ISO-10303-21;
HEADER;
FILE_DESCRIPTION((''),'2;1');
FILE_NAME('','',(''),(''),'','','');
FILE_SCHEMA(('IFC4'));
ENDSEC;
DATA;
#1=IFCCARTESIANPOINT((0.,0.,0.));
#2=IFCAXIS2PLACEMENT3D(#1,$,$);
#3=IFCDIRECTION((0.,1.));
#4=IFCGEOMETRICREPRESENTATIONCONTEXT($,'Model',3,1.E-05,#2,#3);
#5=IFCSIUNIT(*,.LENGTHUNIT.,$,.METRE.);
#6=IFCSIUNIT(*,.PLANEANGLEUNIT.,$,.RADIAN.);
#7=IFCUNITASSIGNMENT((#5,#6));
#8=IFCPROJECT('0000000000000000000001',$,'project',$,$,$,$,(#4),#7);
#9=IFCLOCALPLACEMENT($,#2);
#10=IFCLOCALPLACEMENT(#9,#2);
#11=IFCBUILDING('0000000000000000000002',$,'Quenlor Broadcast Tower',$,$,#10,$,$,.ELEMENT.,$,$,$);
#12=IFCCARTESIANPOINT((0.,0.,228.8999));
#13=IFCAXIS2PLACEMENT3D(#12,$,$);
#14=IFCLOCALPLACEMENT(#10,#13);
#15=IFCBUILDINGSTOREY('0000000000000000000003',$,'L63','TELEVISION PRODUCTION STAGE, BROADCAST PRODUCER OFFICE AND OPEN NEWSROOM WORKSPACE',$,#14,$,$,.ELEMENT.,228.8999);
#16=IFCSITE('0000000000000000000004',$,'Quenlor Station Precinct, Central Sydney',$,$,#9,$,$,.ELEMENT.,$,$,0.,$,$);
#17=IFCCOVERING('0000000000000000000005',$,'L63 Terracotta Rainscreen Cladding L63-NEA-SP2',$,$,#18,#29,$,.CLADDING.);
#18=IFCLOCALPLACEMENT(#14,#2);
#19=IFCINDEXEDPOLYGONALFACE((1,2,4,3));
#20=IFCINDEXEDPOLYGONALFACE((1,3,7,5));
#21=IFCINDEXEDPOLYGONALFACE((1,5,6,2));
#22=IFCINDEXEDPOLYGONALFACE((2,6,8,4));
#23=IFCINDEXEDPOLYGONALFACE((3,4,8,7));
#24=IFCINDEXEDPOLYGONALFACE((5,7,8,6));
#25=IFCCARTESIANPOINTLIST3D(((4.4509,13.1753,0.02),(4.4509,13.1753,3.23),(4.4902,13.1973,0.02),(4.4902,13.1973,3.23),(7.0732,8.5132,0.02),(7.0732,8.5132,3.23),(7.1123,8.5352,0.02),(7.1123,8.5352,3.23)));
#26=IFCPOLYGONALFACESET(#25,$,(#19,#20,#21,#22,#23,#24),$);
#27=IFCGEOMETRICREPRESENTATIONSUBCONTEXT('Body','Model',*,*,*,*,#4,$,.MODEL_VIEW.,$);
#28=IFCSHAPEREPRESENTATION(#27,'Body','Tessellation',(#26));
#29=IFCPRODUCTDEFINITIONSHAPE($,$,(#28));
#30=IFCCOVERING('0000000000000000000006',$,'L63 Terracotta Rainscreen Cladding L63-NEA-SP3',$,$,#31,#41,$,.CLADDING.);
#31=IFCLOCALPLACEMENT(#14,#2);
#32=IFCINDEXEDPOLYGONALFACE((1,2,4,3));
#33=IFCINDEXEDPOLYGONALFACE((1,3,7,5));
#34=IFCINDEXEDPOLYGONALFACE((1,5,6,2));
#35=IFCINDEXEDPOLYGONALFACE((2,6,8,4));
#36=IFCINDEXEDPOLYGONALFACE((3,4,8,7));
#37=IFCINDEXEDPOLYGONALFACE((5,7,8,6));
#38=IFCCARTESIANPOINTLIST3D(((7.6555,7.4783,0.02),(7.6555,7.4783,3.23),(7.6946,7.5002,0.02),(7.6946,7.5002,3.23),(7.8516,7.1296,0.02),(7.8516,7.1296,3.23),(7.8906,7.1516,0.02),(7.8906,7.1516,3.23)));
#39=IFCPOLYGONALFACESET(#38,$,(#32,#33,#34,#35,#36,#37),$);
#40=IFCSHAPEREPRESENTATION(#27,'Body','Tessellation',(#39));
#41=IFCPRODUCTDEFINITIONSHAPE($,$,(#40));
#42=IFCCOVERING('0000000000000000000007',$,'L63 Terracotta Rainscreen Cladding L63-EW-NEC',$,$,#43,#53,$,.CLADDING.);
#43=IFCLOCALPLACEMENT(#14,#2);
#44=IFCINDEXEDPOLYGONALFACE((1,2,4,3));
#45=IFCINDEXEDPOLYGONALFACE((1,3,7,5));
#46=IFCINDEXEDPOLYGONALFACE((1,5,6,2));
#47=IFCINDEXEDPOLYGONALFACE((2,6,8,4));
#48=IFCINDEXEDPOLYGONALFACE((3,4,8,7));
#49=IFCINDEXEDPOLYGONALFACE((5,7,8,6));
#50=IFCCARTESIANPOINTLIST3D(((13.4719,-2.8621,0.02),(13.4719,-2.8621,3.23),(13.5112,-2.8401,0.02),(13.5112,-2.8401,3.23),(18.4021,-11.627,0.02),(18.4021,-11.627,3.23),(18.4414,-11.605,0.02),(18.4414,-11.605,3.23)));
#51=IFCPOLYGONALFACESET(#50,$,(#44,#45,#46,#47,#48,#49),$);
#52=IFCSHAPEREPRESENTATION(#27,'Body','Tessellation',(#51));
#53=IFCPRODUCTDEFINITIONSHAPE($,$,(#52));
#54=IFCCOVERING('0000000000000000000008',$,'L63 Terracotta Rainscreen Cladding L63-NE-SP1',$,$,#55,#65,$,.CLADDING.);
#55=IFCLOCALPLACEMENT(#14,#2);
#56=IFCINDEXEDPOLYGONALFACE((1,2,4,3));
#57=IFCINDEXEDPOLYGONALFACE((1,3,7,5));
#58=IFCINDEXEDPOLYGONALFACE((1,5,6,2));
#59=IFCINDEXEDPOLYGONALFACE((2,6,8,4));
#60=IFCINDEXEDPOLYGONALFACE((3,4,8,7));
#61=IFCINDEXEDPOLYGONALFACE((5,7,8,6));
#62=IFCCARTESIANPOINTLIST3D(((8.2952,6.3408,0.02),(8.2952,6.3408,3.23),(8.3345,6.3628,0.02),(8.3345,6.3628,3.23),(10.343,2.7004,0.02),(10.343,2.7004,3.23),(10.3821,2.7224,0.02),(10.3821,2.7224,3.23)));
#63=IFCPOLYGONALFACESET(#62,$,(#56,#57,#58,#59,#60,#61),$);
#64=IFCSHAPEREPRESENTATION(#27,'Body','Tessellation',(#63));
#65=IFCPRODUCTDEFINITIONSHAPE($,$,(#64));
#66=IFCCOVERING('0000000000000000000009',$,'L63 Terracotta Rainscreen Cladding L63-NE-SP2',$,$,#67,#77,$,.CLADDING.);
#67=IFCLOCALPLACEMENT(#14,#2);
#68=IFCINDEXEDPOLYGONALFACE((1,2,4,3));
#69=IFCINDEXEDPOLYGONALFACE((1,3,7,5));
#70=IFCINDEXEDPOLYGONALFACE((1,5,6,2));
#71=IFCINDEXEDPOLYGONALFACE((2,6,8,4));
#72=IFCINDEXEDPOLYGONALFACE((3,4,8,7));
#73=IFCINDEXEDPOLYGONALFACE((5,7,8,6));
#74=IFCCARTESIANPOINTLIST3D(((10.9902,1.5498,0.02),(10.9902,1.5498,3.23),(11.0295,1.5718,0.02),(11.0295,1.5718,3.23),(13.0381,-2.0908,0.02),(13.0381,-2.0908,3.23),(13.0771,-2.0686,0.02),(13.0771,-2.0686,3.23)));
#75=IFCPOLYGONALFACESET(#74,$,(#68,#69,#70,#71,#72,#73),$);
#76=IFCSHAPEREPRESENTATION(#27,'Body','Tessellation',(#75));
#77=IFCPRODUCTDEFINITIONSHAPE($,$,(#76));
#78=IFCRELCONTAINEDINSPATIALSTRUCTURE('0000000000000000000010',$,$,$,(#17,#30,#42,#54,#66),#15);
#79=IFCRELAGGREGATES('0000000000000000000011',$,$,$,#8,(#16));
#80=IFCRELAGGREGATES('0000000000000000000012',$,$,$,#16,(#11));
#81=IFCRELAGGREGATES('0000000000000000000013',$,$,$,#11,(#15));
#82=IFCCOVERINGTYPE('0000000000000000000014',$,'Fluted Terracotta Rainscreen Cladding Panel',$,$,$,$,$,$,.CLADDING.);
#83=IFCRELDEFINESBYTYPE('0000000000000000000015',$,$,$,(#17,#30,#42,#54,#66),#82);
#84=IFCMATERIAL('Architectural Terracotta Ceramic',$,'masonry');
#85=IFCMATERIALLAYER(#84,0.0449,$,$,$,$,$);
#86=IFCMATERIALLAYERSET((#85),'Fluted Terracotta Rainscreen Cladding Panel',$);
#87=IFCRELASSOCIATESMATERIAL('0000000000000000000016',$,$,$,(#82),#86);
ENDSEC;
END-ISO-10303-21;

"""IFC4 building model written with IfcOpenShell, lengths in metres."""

from ifc_helpers import new_model, si_unit, direction, frame, origin, place, context, subcontext, project, spatial, polyline, outline, extrude, material, layer, layer_set, type_object, element, save


model = new_model("IFC4")

# Units and contexts
model_context = context("Model", 3, precision=1e-05, world=origin(), true_north=direction((0.0, 1.0)))
body_context = subcontext(model_context, "Body", "Model", "MODEL_VIEW")
ifc_project = project(units=[si_unit("LENGTHUNIT", "METRE"), si_unit("PLANEANGLEUNIT", "RADIAN")], contexts=[model_context])

# Site, building, storey
site_placement = place(None, origin())
site = spatial("IfcSite", under=ifc_project, at=site_placement, Name="Quenlor Station Precinct, Central Sydney", CompositionType="ELEMENT", RefElevation=0.0)
building_placement = place(site_placement, origin())
building = spatial("IfcBuilding", under=site, at=building_placement, Name="Quenlor Broadcast Tower", CompositionType="ELEMENT")
storey_placement = place(building_placement, frame((0.0, 0.0, 228.8999)))
storey = spatial("IfcBuildingStorey", under=building, at=storey_placement, Name="L63", Description="TELEVISION PRODUCTION STAGE, BROADCAST PRODUCER OFFICE AND OPEN NEWSROOM WORKSPACE", CompositionType="ELEMENT", Elevation=228.8999)

# Coverings
ifc_material_1 = material(Name="Architectural Terracotta Ceramic", Category="masonry")
ifc_layer_1 = layer(ifc_material_1, 0.0449)
ifc_layer_set_1 = layer_set([ifc_layer_1], Name="Fluted Terracotta Rainscreen Cladding Panel")
covering_type = type_object("IfcCoveringType", Name="Fluted Terracotta Rainscreen Cladding Panel", PredefinedType="CLADDING", material=ifc_layer_set_1)
covering_1_placement = place(storey_placement, frame((0.0, 0.0, 0.02)))
element("IfcCovering", 1, at=covering_1_placement, inside=storey, type_object=covering_type, Name="L63 Terracotta Rainscreen Cladding L63-NEA-SP2", PredefinedType="CLADDING", context=body_context, shape_type="SweptSolid", body=[
    extrude(outline(polyline([(4.4509, 13.1753), (7.0732, 8.5132), (7.1123, 8.5352), (4.4902, 13.1973), (4.4509, 13.1753)])), origin(), (0.0, 0.0, 1.0), 3.21),
])
covering_2_placement = place(storey_placement, frame((0.0, 0.0, 0.02)))
element("IfcCovering", 2, at=covering_2_placement, inside=storey, type_object=covering_type, Name="L63 Terracotta Rainscreen Cladding L63-NEA-SP3", PredefinedType="CLADDING", context=body_context, shape_type="SweptSolid", body=[
    extrude(outline(polyline([(7.6555, 7.4783), (7.8516, 7.1296), (7.8906, 7.1516), (7.6946, 7.5002), (7.6555, 7.4783)])), origin(), (0.0, 0.0, 1.0), 3.21),
])
covering_3_placement = place(storey_placement, frame((0.0, 0.0, 0.02)))
element("IfcCovering", 3, at=covering_3_placement, inside=storey, type_object=covering_type, Name="L63 Terracotta Rainscreen Cladding L63-EW-NEC", PredefinedType="CLADDING", context=body_context, shape_type="SweptSolid", body=[
    extrude(outline(polyline([(13.4719, -2.8621), (18.4021, -11.627), (18.4414, -11.605), (13.5112, -2.8401), (13.4719, -2.8621)])), origin(), (0.0, 0.0, 1.0), 3.21),
])
covering_4_placement = place(storey_placement, frame((0.0, 0.0, 0.02)))
element("IfcCovering", 4, at=covering_4_placement, inside=storey, type_object=covering_type, Name="L63 Terracotta Rainscreen Cladding L63-NE-SP1", PredefinedType="CLADDING", context=body_context, shape_type="SweptSolid", body=[
    extrude(outline(polyline([(8.2952, 6.3408), (10.343, 2.7004), (10.3821, 2.7224), (8.3345, 6.3628), (8.2952, 6.3408)])), origin(), (0.0, 0.0, 1.0), 3.21),
])
covering_5_placement = place(storey_placement, frame((0.0, 0.0, 0.02)))
element("IfcCovering", 5, at=covering_5_placement, inside=storey, type_object=covering_type, Name="L63 Terracotta Rainscreen Cladding L63-NE-SP2", PredefinedType="CLADDING", context=body_context, shape_type="SweptSolid", body=[
    extrude(outline(polyline([(10.9902, 1.5498), (13.0381, -2.0908), (13.0771, -2.0686), (11.0295, 1.5718), (10.9902, 1.5498)])), origin(), (0.0, 0.0, 1.0), 3.21),
])

save(model, "model.ifc")
